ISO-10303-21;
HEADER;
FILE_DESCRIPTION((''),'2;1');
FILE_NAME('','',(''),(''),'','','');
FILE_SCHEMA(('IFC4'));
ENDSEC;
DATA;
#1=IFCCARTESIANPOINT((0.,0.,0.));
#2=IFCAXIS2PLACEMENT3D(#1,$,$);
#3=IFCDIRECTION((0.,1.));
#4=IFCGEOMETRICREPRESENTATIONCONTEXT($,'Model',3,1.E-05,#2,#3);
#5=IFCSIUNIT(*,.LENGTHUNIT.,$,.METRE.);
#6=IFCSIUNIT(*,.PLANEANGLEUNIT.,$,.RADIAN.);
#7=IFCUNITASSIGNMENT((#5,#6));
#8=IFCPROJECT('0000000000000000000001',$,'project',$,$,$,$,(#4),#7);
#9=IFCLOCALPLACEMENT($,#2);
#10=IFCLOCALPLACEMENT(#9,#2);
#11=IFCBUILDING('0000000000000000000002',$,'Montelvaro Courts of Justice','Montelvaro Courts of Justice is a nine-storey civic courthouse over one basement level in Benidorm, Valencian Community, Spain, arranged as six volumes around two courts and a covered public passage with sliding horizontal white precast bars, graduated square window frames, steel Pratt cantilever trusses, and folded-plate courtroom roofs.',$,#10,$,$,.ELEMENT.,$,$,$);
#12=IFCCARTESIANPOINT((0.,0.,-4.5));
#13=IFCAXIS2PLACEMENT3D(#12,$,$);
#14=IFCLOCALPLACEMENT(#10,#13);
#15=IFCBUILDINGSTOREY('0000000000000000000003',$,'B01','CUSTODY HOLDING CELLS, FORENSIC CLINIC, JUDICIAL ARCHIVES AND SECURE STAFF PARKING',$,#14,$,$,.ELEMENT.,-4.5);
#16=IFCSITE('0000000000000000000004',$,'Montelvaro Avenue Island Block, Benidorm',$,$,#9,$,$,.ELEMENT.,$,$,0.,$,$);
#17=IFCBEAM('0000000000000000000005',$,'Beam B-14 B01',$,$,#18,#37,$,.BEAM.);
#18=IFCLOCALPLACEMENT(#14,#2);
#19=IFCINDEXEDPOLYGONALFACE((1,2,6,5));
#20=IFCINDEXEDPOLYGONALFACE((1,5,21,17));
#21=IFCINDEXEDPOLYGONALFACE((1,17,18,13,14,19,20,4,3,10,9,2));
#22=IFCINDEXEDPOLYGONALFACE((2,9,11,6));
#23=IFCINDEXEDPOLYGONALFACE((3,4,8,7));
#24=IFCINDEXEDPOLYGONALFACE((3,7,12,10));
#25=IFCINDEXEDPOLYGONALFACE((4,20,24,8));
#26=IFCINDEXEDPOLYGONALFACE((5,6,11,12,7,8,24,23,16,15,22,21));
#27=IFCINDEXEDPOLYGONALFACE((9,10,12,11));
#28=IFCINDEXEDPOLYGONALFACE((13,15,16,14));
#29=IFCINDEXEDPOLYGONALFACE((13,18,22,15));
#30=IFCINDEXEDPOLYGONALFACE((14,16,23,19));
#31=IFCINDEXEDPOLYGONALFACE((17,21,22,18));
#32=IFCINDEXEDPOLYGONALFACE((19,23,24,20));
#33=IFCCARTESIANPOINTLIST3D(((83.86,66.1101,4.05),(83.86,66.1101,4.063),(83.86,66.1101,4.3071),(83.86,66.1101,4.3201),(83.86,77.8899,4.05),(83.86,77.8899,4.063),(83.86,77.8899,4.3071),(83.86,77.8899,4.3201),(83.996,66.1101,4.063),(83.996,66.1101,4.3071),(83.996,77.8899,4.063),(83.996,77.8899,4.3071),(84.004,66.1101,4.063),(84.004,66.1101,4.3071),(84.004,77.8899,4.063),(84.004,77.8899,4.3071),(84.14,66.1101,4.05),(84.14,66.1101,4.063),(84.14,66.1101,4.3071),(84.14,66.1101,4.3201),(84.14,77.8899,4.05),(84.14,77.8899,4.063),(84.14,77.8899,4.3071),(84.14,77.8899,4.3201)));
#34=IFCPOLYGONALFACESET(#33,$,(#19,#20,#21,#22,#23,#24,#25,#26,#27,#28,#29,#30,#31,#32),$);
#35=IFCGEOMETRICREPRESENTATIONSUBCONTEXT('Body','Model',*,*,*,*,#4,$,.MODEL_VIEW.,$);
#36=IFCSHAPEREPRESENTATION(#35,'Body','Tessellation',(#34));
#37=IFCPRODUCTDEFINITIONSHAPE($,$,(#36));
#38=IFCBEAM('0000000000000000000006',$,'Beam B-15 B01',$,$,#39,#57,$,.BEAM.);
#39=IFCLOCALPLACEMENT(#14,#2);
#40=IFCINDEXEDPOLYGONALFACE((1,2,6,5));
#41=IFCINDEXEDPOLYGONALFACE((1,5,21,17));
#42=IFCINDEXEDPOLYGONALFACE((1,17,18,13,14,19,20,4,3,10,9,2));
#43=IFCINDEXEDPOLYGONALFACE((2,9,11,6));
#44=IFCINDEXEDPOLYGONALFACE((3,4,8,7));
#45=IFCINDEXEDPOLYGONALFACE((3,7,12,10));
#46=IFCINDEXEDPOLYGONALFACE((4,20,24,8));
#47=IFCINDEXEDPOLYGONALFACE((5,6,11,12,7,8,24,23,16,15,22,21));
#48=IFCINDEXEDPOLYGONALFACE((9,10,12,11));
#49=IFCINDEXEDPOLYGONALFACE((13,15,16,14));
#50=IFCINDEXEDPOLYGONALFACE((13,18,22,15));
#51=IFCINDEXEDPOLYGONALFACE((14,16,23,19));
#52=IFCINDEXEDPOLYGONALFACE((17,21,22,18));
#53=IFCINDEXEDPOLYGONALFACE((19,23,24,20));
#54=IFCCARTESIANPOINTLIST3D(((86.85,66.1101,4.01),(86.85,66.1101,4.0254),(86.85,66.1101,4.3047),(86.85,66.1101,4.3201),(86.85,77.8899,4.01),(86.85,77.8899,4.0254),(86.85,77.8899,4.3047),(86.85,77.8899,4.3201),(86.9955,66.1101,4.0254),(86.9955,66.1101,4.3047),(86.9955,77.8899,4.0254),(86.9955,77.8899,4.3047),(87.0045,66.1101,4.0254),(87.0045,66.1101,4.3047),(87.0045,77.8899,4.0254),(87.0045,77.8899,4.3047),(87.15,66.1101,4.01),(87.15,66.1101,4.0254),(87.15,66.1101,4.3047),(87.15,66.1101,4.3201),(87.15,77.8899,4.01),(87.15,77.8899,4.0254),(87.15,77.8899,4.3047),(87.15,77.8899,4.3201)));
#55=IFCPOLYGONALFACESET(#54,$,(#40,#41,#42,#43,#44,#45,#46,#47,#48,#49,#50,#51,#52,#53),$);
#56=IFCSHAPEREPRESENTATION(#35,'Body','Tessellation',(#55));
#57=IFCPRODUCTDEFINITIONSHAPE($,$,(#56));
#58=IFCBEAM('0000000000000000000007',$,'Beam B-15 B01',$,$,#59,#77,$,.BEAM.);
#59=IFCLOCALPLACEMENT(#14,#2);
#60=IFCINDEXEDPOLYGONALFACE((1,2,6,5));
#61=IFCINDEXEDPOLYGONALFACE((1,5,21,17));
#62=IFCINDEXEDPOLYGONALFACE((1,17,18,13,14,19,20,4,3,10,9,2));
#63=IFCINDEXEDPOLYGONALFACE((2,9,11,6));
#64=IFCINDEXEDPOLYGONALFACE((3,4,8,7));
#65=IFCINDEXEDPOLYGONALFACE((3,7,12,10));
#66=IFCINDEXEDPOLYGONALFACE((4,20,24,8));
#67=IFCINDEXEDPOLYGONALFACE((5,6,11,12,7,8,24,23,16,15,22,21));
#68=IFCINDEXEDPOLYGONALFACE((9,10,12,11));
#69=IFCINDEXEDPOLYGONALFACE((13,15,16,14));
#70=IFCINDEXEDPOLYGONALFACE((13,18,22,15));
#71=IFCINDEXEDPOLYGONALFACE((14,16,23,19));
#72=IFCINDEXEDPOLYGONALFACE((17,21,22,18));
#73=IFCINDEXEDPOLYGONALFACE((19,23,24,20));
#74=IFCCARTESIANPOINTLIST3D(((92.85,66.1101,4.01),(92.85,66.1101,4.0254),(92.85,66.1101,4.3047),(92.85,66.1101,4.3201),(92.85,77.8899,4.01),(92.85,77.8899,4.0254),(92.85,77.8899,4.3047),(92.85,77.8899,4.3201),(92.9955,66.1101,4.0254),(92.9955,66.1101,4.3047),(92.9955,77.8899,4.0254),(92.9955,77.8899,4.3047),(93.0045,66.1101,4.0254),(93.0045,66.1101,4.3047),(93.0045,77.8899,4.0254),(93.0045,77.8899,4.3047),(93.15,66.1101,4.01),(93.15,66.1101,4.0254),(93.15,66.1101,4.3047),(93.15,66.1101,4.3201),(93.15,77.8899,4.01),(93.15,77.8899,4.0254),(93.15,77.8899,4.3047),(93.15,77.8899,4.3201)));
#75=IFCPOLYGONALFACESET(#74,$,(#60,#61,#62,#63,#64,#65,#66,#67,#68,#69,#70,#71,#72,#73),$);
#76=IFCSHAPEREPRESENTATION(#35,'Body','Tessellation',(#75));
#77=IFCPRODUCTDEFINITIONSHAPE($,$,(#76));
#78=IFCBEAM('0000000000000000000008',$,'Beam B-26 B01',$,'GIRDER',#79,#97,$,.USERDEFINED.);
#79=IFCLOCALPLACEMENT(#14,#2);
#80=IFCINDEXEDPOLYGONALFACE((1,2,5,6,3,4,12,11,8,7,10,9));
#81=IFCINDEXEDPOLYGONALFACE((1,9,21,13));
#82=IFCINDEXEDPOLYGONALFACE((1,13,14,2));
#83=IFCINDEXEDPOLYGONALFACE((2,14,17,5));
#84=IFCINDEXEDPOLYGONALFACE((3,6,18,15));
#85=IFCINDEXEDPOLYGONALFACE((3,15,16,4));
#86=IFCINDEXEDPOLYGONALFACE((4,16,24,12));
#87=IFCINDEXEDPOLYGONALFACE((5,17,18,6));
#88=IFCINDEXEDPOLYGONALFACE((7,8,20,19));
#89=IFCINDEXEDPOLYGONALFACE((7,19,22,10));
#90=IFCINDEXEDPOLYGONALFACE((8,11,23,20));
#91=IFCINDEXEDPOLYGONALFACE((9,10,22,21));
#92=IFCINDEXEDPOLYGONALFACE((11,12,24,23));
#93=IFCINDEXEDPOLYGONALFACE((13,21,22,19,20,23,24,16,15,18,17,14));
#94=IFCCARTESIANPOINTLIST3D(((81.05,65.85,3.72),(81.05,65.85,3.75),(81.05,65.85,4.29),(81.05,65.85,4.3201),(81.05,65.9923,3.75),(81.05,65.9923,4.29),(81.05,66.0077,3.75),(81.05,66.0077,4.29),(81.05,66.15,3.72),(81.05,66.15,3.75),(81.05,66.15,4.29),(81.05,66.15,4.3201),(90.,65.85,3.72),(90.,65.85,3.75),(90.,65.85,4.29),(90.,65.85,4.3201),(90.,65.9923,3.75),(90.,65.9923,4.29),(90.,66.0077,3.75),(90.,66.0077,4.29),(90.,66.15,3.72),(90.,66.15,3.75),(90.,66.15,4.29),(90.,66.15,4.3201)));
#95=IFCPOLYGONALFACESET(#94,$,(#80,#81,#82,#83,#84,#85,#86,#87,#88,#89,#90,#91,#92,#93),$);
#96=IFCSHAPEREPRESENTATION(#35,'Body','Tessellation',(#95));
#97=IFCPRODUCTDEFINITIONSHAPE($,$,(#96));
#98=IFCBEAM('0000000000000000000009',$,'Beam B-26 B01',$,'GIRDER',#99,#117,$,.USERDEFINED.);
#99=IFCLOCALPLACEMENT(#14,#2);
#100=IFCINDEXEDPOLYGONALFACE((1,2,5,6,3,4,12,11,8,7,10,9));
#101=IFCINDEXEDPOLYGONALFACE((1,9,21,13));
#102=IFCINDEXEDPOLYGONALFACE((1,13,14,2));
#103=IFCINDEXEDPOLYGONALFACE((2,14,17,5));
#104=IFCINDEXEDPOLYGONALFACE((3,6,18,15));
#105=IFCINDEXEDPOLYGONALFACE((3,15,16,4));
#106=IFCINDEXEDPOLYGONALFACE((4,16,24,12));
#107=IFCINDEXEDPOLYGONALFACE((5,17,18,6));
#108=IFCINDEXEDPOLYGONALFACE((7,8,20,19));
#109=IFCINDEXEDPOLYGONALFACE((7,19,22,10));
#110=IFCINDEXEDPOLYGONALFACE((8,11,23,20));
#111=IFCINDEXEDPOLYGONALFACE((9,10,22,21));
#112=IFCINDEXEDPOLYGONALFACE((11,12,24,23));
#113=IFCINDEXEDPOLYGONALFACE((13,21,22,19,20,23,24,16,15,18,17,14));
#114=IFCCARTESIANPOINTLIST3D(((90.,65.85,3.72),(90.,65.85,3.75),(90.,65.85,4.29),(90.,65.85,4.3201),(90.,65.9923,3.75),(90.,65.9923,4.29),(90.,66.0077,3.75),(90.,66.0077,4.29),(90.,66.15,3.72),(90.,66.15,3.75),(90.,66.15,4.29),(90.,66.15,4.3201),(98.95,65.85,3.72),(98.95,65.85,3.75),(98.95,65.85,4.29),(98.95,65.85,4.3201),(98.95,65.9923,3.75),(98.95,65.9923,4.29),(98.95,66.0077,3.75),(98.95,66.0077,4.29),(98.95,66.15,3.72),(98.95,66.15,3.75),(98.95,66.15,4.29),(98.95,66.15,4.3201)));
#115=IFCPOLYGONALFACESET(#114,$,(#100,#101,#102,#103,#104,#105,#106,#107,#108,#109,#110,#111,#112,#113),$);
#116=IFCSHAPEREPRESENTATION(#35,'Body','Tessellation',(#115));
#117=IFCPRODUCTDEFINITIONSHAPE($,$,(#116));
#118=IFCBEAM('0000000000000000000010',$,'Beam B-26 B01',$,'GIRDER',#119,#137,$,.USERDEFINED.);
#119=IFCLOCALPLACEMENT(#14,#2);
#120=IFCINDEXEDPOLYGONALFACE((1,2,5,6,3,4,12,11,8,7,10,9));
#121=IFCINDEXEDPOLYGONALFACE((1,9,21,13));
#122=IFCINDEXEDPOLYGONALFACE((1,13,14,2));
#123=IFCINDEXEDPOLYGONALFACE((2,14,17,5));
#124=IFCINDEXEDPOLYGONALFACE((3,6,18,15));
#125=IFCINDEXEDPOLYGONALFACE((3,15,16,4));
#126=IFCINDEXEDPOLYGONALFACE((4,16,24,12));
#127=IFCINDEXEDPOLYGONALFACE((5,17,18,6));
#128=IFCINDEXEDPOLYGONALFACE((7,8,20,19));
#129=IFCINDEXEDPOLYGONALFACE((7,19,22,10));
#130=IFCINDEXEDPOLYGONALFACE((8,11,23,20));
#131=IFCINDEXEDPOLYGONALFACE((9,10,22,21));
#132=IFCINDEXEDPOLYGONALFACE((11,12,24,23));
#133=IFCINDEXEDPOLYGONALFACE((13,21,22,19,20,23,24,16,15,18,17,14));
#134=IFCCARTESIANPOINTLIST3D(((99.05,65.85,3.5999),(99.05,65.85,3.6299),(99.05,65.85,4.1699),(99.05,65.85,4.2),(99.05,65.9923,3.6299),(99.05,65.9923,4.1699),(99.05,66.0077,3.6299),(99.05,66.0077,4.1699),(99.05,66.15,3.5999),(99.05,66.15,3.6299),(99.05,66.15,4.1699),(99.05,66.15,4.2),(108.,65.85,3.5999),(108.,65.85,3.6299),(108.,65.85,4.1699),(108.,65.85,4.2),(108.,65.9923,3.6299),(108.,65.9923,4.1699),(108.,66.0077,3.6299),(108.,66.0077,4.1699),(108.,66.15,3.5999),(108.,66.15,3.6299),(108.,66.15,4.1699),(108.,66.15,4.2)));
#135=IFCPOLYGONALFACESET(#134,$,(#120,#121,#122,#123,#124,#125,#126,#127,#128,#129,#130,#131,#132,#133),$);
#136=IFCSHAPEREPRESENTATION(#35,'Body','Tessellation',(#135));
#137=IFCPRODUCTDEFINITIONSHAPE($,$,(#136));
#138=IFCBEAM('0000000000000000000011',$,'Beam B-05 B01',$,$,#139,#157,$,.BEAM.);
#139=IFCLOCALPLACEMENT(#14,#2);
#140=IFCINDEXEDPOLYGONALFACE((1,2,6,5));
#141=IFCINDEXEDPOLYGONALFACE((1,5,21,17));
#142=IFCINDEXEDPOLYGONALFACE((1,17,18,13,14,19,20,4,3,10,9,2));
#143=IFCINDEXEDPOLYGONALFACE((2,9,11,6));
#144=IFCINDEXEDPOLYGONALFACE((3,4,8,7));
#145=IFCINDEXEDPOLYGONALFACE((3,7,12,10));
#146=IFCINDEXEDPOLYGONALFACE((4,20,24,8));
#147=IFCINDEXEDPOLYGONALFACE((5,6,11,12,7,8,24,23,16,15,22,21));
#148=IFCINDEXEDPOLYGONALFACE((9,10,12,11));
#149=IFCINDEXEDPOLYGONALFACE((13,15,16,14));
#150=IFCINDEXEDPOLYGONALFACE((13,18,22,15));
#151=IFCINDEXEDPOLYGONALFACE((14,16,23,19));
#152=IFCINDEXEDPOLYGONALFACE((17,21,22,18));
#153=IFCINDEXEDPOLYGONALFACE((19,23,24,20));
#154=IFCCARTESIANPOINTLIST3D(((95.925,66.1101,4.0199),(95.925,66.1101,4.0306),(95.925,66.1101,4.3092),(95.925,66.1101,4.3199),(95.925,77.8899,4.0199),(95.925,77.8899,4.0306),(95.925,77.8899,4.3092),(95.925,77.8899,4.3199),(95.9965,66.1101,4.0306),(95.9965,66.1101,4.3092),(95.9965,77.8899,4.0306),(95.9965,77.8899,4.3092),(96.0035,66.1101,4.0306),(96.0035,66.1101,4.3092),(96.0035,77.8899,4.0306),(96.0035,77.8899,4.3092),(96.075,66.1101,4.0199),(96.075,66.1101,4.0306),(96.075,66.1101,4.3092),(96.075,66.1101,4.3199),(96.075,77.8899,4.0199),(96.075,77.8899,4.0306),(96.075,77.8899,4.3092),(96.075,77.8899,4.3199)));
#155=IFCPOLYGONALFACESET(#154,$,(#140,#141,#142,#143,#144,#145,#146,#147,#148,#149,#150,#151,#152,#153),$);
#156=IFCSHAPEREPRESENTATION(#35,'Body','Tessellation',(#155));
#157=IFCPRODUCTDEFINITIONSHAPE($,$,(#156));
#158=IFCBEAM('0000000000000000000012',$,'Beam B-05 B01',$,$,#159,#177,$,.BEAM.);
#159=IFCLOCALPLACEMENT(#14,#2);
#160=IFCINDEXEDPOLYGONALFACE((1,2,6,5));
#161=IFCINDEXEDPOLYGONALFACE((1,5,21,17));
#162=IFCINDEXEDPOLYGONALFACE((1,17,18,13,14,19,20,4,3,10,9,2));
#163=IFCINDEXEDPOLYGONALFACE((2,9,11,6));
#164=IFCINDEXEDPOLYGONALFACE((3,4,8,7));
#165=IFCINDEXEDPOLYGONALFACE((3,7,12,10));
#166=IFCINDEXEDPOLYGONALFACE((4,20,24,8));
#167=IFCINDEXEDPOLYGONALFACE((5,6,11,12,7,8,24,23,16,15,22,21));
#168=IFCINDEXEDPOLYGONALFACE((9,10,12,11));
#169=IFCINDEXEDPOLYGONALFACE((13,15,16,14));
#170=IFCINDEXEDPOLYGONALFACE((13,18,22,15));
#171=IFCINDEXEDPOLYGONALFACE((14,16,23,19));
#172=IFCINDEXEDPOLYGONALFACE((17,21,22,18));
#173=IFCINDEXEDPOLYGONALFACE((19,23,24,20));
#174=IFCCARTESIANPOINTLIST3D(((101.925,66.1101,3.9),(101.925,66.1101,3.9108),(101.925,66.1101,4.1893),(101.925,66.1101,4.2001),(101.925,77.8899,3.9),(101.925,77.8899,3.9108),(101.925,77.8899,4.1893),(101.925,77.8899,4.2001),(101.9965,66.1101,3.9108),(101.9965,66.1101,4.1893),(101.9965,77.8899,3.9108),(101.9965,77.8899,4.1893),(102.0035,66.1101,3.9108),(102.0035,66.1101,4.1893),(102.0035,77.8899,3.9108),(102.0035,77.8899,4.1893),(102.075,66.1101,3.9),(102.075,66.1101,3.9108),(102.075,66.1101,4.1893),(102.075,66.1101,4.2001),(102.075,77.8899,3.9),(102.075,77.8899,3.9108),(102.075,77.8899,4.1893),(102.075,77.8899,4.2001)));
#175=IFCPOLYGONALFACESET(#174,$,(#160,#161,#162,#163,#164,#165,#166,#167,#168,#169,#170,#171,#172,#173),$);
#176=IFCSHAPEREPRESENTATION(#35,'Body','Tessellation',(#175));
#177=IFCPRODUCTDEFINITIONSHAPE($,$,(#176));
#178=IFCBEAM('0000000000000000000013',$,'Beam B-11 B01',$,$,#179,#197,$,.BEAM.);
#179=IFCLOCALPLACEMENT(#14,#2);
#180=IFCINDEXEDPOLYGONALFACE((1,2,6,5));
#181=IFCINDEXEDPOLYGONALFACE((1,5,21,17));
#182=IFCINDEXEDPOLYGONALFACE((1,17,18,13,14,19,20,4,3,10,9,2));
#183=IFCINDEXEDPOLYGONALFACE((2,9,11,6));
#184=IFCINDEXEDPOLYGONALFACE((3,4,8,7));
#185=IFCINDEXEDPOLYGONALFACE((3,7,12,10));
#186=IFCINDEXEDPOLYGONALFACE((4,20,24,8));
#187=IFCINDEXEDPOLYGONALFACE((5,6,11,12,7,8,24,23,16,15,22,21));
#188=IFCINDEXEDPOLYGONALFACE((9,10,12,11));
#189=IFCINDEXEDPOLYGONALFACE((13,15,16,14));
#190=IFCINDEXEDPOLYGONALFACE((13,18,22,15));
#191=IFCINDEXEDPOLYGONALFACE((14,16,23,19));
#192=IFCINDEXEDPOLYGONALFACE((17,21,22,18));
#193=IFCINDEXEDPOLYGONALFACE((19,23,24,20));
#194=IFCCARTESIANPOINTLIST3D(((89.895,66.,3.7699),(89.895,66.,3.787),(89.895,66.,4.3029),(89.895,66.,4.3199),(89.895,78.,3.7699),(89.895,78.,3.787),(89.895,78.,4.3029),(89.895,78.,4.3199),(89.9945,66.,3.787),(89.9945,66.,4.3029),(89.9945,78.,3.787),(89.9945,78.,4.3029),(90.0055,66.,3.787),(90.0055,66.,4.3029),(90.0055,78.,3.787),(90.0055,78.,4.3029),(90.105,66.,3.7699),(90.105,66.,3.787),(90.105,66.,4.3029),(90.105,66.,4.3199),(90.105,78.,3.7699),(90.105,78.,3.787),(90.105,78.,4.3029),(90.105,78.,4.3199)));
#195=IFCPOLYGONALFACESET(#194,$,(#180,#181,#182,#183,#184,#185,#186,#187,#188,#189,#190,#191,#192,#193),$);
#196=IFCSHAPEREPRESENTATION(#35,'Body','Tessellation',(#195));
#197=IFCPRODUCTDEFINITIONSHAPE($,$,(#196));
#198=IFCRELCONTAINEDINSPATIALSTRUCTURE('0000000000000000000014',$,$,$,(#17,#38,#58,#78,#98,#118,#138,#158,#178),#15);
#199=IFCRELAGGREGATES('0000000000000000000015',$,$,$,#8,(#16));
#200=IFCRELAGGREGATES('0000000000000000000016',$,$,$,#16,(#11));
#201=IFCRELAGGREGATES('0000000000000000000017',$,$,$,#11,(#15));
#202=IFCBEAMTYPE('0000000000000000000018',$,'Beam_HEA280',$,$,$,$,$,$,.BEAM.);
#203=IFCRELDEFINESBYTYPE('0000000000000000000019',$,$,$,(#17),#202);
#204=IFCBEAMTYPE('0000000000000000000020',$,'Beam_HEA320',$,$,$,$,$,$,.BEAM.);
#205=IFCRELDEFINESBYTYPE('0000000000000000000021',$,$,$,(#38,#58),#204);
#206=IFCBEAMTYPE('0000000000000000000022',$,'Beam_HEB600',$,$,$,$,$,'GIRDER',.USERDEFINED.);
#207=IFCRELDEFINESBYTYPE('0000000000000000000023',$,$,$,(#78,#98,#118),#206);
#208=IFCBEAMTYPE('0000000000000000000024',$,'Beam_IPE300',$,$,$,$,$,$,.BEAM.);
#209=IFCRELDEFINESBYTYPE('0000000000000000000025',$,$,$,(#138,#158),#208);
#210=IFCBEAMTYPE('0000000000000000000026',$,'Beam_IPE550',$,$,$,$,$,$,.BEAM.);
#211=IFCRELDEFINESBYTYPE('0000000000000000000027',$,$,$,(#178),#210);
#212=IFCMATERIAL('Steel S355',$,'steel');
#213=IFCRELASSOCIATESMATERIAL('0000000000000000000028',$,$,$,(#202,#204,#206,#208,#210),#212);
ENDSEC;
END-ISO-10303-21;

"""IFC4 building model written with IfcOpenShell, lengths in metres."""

from ifc_helpers import new_model, si_unit, direction, frame, origin, origin_2d, place, context, subcontext, project, spatial, i_section, extrude, material, material_profile, profile_set, type_object, element, save


model = new_model("IFC4")

# Units and contexts
model_context = context("Model", 3, precision=1e-05, world=origin(), true_north=direction((0.0, 1.0)))
body_context = subcontext(model_context, "Body", "Model", "MODEL_VIEW")
ifc_project = project(units=[si_unit("LENGTHUNIT", "METRE"), si_unit("PLANEANGLEUNIT", "RADIAN")], contexts=[model_context])

# Site, building, storey
site_placement = place(None, origin())
site = spatial("IfcSite", under=ifc_project, at=site_placement, Name="Montelvaro Avenue Island Block, Benidorm", CompositionType="ELEMENT", RefElevation=0.0)
building_placement = place(site_placement, origin())
building = spatial("IfcBuilding", under=site, at=building_placement, Name="Montelvaro Courts of Justice", Description="Montelvaro Courts of Justice is a nine-storey civic courthouse over one basement level in Benidorm, Valencian Community, Spain, arranged as six volumes around two courts and a covered public passage with sliding horizontal white precast bars, graduated square window frames, steel Pratt cantilever trusses, and folded-plate courtroom roofs.", CompositionType="ELEMENT")
storey_placement = place(building_placement, frame((0.0, 0.0, -4.5)))
storey = spatial("IfcBuildingStorey", under=building, at=storey_placement, Name="B01", Description="CUSTODY HOLDING CELLS, FORENSIC CLINIC, JUDICIAL ARCHIVES AND SECURE STAFF PARKING", CompositionType="ELEMENT", Elevation=-4.5)

# Beams
ifc_material_1 = material(Name="Steel S355", Category="steel")
ifc_material_profile_1 = material_profile(ifc_material_1, i_section(OverallWidth=0.28, OverallDepth=0.27, WebThickness=0.0081, FlangeThickness=0.0129, at=origin_2d()), Name="HEA 280")
ifc_profile_set_1 = profile_set([ifc_material_profile_1], Name="Steel S355")
beam_type_1 = type_object("IfcBeamType", Name="Beam_HEA280", PredefinedType="BEAM", material=ifc_profile_set_1)
for number, where, z_axis, x_axis, name in (
    (1, (84.0, 66.1101, 4.1851), (0.0, 1.0, 0.0), (-1.0, 0.0, 0.0), "Beam B-14 B01"),
):
    element("IfcBeam", number, at=place(storey_placement, frame(where, z_axis=z_axis, x_axis=x_axis)), inside=storey, type_object=beam_type_1, Name=name, PredefinedType="BEAM", context=body_context, shape_type="SweptSolid", body=[
        extrude(i_section(OverallWidth=0.28, OverallDepth=0.27, WebThickness=0.0081, FlangeThickness=0.0129, at=origin_2d()), origin(), (0.0, 0.0, 1.0), 11.7798),
    ])
ifc_material_profile_2 = material_profile(ifc_material_1, i_section(OverallWidth=0.3, OverallDepth=0.3101, WebThickness=0.009, FlangeThickness=0.0154, at=origin_2d()), Name="HEA 320")
ifc_profile_set_2 = profile_set([ifc_material_profile_2], Name="Steel S355")
beam_type_2 = type_object("IfcBeamType", Name="Beam_HEA320", PredefinedType="BEAM", material=ifc_profile_set_2)
for number, where, z_axis, x_axis, name in (
    (2, (87.0, 66.1101, 4.165), (0.0, 1.0, 0.0), (-1.0, 0.0, 0.0), "Beam B-15 B01"),
    (3, (93.0, 66.1101, 4.165), (0.0, 1.0, 0.0), (-1.0, 0.0, 0.0), "Beam B-15 B01"),
):
    element("IfcBeam", number, at=place(storey_placement, frame(where, z_axis=z_axis, x_axis=x_axis)), inside=storey, type_object=beam_type_2, Name=name, PredefinedType="BEAM", context=body_context, shape_type="SweptSolid", body=[
        extrude(i_section(OverallWidth=0.3, OverallDepth=0.3101, WebThickness=0.009, FlangeThickness=0.0154, at=origin_2d()), origin(), (0.0, 0.0, 1.0), 11.7798),
    ])
ifc_material_profile_3 = material_profile(ifc_material_1, i_section(OverallWidth=0.3, OverallDepth=0.6001, WebThickness=0.0154, FlangeThickness=0.03, at=origin_2d()), Name="HEB 600")
ifc_profile_set_3 = profile_set([ifc_material_profile_3], Name="Steel S355")
beam_type_3 = type_object("IfcBeamType", Name="Beam_HEB600", ElementType="GIRDER", PredefinedType="USERDEFINED", material=ifc_profile_set_3)
for number, where, z_axis, x_axis, name in (
    (4, (81.05, 66.0, 4.02), (1.0, 0.0, 0.0), (0.0, 1.0, 0.0), "Beam B-26 B01"),
    (5, (90.0, 66.0, 4.02), (1.0, 0.0, 0.0), (0.0, 1.0, 0.0), "Beam B-26 B01"),
    (6, (99.05, 66.0, 3.8999), (1.0, 0.0, 0.0), (0.0, 1.0, 0.0), "Beam B-26 B01"),
):
    element("IfcBeam", number, at=place(storey_placement, frame(where, z_axis=z_axis, x_axis=x_axis)), inside=storey, type_object=beam_type_3, Name=name, ObjectType="GIRDER", PredefinedType="USERDEFINED", context=body_context, shape_type="SweptSolid", body=[
        extrude(i_section(OverallWidth=0.3, OverallDepth=0.6001, WebThickness=0.0154, FlangeThickness=0.03, at=origin_2d()), origin(), (0.0, 0.0, 1.0), 8.95),
    ])
ifc_material_profile_4 = material_profile(ifc_material_1, i_section(OverallWidth=0.1499, OverallDepth=0.3, WebThickness=0.0071, FlangeThickness=0.0107, at=origin_2d()), Name="IPE 300")
ifc_profile_set_4 = profile_set([ifc_material_profile_4], Name="Steel S355")
beam_type_4 = type_object("IfcBeamType", Name="Beam_IPE300", PredefinedType="BEAM", material=ifc_profile_set_4)
for number, where, z_axis, x_axis, name in (
    (7, (96.0, 66.1101, 4.1699), (0.0, 1.0, 0.0), (-1.0, 0.0, 0.0), "Beam B-05 B01"),
    (8, (102.0, 66.1101, 4.05), (0.0, 1.0, 0.0), (-1.0, 0.0, 0.0), "Beam B-05 B01"),
):
    element("IfcBeam", number, at=place(storey_placement, frame(where, z_axis=z_axis, x_axis=x_axis)), inside=storey, type_object=beam_type_4, Name=name, PredefinedType="BEAM", context=body_context, shape_type="SweptSolid", body=[
        extrude(i_section(OverallWidth=0.1499, OverallDepth=0.3, WebThickness=0.0071, FlangeThickness=0.0107, at=origin_2d()), origin(), (0.0, 0.0, 1.0), 11.7798),
    ])
ifc_material_profile_5 = material_profile(ifc_material_1, i_section(OverallWidth=0.21, OverallDepth=0.55, WebThickness=0.011, FlangeThickness=0.0171, at=origin_2d()), Name="IPE 550")
ifc_profile_set_5 = profile_set([ifc_material_profile_5], Name="Steel S355")
beam_type_5 = type_object("IfcBeamType", Name="Beam_IPE550", PredefinedType="BEAM", material=ifc_profile_set_5)
beam_placement = place(storey_placement, frame((90.0, 66.0, 4.0449), z_axis=(0.0, 1.0, 0.0), x_axis=(-1.0, 0.0, 0.0)))
element("IfcBeam", 9, at=beam_placement, inside=storey, type_object=beam_type_5, Name="Beam B-11 B01", PredefinedType="BEAM", context=body_context, shape_type="SweptSolid", body=[
    extrude(i_section(OverallWidth=0.21, OverallDepth=0.55, WebThickness=0.011, FlangeThickness=0.0171, at=origin_2d()), origin(), (0.0, 0.0, 1.0), 12.0),
])

save(model, "model.ifc")
